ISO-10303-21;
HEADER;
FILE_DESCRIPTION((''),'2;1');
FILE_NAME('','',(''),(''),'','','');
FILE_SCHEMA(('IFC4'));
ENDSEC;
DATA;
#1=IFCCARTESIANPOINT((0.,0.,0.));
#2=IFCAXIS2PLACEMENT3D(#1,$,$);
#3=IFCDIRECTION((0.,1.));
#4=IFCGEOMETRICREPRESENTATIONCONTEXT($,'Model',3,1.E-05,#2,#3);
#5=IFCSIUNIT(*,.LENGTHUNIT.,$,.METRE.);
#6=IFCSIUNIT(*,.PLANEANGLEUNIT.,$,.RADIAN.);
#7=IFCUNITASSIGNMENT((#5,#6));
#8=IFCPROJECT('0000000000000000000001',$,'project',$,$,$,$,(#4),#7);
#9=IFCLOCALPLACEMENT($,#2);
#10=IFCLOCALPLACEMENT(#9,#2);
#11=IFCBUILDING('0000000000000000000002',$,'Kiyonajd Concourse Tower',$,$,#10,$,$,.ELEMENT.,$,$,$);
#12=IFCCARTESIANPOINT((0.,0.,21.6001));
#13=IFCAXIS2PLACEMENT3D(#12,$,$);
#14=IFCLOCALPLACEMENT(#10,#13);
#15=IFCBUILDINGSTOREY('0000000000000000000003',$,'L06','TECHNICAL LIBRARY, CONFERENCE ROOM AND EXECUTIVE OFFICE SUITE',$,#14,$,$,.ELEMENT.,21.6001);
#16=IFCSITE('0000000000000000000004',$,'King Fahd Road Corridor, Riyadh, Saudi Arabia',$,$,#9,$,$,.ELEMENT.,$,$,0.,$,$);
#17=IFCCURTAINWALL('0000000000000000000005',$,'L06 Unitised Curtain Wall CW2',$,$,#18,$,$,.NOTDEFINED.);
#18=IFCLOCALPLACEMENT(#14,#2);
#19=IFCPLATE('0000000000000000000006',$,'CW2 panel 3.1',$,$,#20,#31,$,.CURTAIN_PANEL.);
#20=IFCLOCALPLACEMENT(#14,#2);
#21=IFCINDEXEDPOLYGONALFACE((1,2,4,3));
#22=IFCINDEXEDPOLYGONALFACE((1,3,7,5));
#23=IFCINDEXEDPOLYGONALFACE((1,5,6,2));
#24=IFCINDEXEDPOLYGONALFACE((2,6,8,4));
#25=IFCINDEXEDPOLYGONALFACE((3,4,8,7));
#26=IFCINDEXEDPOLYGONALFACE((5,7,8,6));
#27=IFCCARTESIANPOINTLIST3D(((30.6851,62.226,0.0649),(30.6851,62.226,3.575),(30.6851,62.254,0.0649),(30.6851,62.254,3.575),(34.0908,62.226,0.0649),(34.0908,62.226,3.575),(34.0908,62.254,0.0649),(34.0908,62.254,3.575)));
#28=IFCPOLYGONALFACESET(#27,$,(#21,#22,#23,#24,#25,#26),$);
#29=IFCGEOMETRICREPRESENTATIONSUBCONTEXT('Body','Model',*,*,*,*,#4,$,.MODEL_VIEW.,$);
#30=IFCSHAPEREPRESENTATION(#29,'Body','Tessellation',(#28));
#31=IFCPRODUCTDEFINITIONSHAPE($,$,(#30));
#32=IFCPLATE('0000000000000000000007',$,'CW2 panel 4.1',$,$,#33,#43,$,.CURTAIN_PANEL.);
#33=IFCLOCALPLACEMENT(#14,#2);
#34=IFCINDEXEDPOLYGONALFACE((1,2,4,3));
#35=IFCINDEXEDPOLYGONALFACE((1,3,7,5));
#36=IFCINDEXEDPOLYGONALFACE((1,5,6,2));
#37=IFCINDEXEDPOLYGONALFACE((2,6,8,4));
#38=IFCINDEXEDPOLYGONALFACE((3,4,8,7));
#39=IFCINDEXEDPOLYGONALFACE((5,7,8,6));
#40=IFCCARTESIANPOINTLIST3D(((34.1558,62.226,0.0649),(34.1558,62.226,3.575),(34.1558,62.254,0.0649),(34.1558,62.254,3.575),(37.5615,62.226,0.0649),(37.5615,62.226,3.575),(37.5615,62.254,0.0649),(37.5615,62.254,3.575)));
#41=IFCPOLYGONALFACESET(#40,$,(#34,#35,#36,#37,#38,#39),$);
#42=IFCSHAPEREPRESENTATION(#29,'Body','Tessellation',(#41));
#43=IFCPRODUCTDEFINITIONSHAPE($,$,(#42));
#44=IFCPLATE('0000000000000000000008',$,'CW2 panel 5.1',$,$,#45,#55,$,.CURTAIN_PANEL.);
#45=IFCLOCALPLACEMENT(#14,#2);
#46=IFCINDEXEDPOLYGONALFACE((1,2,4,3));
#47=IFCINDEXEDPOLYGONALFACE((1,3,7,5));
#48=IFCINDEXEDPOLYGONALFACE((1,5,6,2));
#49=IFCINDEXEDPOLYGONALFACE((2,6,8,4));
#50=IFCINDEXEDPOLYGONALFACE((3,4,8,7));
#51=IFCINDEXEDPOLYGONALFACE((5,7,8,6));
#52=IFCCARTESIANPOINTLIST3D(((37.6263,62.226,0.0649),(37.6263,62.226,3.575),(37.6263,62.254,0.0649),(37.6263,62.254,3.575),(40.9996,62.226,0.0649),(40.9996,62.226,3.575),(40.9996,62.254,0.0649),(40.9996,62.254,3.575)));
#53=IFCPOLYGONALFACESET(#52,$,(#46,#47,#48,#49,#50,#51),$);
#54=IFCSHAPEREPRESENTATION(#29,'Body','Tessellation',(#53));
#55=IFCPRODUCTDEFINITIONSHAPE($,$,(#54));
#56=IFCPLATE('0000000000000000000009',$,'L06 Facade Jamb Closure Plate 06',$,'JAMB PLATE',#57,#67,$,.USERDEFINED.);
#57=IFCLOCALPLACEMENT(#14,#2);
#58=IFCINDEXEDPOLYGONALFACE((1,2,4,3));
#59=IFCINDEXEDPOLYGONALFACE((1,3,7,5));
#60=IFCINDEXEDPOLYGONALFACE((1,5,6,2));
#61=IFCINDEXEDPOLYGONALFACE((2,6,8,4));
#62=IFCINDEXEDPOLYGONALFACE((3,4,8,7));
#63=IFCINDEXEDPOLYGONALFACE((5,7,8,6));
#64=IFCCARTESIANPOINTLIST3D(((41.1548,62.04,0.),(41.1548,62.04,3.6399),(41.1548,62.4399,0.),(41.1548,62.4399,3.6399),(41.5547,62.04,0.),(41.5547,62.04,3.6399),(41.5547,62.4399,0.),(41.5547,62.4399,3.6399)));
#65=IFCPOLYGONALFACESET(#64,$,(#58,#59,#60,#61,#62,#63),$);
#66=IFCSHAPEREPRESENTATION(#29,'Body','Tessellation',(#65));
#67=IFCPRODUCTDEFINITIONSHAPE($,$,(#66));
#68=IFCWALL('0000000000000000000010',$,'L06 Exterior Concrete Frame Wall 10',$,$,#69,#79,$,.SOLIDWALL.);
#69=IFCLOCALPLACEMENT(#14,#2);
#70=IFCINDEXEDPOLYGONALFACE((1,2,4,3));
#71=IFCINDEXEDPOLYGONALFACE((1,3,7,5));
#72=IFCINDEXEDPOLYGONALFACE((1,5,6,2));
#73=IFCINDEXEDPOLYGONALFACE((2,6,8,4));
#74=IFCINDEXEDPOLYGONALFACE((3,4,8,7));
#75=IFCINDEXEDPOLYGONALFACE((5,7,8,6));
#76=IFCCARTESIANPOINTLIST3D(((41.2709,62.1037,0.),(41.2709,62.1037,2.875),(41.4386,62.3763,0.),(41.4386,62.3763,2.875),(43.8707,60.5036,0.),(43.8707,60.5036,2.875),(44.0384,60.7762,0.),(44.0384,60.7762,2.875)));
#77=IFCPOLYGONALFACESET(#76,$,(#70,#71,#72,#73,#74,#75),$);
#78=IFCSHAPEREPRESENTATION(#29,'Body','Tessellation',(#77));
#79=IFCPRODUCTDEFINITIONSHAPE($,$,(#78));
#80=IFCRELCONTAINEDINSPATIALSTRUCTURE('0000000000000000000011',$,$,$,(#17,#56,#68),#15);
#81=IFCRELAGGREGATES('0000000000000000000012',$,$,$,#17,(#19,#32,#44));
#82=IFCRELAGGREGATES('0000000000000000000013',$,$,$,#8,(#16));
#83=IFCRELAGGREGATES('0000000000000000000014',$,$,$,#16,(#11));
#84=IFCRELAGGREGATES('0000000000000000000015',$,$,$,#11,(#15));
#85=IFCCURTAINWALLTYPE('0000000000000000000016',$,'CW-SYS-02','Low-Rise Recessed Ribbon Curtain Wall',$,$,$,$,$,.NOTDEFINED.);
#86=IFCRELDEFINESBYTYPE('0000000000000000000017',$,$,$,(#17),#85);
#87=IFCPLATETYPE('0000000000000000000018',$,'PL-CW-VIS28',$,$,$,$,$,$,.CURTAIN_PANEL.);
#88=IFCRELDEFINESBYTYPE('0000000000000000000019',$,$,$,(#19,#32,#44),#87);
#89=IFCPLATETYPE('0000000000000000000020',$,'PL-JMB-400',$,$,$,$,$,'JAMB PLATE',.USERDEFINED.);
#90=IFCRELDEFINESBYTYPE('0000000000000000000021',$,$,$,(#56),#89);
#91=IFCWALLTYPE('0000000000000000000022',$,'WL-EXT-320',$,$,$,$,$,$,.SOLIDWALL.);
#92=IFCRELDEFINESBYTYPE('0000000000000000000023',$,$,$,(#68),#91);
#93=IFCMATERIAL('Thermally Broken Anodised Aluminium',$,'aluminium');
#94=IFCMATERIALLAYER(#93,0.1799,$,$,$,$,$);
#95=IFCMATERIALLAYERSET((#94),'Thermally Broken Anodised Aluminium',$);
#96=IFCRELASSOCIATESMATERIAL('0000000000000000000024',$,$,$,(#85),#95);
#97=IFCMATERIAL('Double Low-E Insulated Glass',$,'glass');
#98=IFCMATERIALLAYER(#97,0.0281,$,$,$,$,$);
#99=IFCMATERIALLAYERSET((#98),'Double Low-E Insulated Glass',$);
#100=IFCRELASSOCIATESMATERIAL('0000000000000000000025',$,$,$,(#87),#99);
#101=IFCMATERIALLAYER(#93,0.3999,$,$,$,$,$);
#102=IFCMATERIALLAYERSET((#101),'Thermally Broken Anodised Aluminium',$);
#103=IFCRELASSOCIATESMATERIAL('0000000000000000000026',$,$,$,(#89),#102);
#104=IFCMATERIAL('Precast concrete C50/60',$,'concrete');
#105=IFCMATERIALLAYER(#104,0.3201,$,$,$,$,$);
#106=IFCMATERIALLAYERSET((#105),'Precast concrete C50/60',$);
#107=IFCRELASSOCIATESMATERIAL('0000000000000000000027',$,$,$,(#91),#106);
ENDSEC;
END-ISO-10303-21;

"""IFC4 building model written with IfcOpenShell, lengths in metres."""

from ifc_helpers import new_model, si_unit, direction, frame, frame_2d, origin, origin_2d, place, context, subcontext, project, spatial, rectangle, extrude, material, layer, layer_set, type_object, element, aggregate, save


model = new_model("IFC4")

# Units and contexts
model_context = context("Model", 3, precision=1e-05, world=origin(), true_north=direction((0.0, 1.0)))
body_context = subcontext(model_context, "Body", "Model", "MODEL_VIEW")
ifc_project = project(units=[si_unit("LENGTHUNIT", "METRE"), si_unit("PLANEANGLEUNIT", "RADIAN")], contexts=[model_context])

# Site, building, storey
site_placement = place(None, origin())
site = spatial("IfcSite", under=ifc_project, at=site_placement, Name="King Fahd Road Corridor, Riyadh, Saudi Arabia", CompositionType="ELEMENT", RefElevation=0.0)
building_placement = place(site_placement, origin())
building = spatial("IfcBuilding", under=site, at=building_placement, Name="Kiyonajd Concourse Tower", CompositionType="ELEMENT")
storey_placement = place(building_placement, frame((0.0, 0.0, 21.6001)))
storey = spatial("IfcBuildingStorey", under=building, at=storey_placement, Name="L06", Description="TECHNICAL LIBRARY, CONFERENCE ROOM AND EXECUTIVE OFFICE SUITE", CompositionType="ELEMENT", Elevation=21.6001)

# Shared definitions
ifc_material_1 = material(Name="Precast concrete C50/60", Category="concrete")

# Curtain wall, plates
ifc_material_2 = material(Name="Thermally Broken Anodised Aluminium", Category="aluminium")
ifc_layer_1 = layer(ifc_material_2, 0.1799)
ifc_layer_set_1 = layer_set([ifc_layer_1], Name="Thermally Broken Anodised Aluminium")
curtain_wall_type = type_object("IfcCurtainWallType", Name="CW-SYS-02", Description="Low-Rise Recessed Ribbon Curtain Wall", PredefinedType="NOTDEFINED", material=ifc_layer_set_1)
curtain_wall_placement = place(storey_placement, origin())
curtain_wall = element("IfcCurtainWall", 1, at=curtain_wall_placement, inside=storey, type_object=curtain_wall_type, Name="L06 Unitised Curtain Wall CW2", PredefinedType="NOTDEFINED")
ifc_material_3 = material(Name="Double Low-E Insulated Glass", Category="glass")
ifc_layer_2 = layer(ifc_material_3, 0.0281)
ifc_layer_set_2 = layer_set([ifc_layer_2], Name="Double Low-E Insulated Glass")
plate_type_1 = type_object("IfcPlateType", Name="PL-CW-VIS28", PredefinedType="CURTAIN_PANEL", material=ifc_layer_set_2)
plate_1_placement = place(storey_placement, frame((32.3879, 62.24, 0.0649), z_axis=(0.0, 0.0, 1.0), x_axis=(1.0, 0.0, 0.0)))
plate_1 = element("IfcPlate", 2, at=plate_1_placement, type_object=plate_type_1, Name="CW2 panel 3.1", PredefinedType="CURTAIN_PANEL", context=body_context, shape_type="SweptSolid", body=[
    extrude(rectangle(XDim=3.4058, YDim=0.0281, at=origin_2d()), origin(), (0.0, 0.0, 1.0), 3.51),
])
plate_2_placement = place(storey_placement, frame((35.8586, 62.24, 0.0649), z_axis=(0.0, 0.0, 1.0), x_axis=(1.0, 0.0, 0.0)))
plate_2 = element("IfcPlate", 3, at=plate_2_placement, type_object=plate_type_1, Name="CW2 panel 4.1", PredefinedType="CURTAIN_PANEL", context=body_context, shape_type="SweptSolid", body=[
    extrude(rectangle(XDim=3.4058, YDim=0.0281, at=origin_2d()), origin(), (0.0, 0.0, 1.0), 3.51),
])
plate_3_placement = place(storey_placement, frame((39.313, 62.24, 0.0649), z_axis=(0.0, 0.0, 1.0), x_axis=(1.0, 0.0, 0.0)))
plate_3 = element("IfcPlate", 4, at=plate_3_placement, type_object=plate_type_1, Name="CW2 panel 5.1", PredefinedType="CURTAIN_PANEL", context=body_context, shape_type="SweptSolid", body=[
    extrude(rectangle(XDim=3.3733, YDim=0.0281, at=origin_2d()), origin(), (0.0, 0.0, 1.0), 3.51),
])
aggregate(curtain_wall, [plate_1, plate_2, plate_3])

# Plate
ifc_layer_3 = layer(ifc_material_2, 0.3999)
ifc_layer_set_3 = layer_set([ifc_layer_3], Name="Thermally Broken Anodised Aluminium")
plate_type_2 = type_object("IfcPlateType", Name="PL-JMB-400", ElementType="JAMB PLATE", PredefinedType="USERDEFINED", material=ifc_layer_set_3)
plate_4_placement = place(storey_placement, frame((41.3547, 62.24, 0.0), z_axis=(0.0, 0.0, 1.0), x_axis=(1.0, 0.0, 0.0)))
element("IfcPlate", 5, at=plate_4_placement, inside=storey, type_object=plate_type_2, Name="L06 Facade Jamb Closure Plate 06", ObjectType="JAMB PLATE", PredefinedType="USERDEFINED", context=body_context, shape_type="SweptSolid", body=[
    extrude(rectangle(XDim=0.3999, YDim=0.3999, at=origin_2d()), origin(), (0.0, 0.0, 1.0), 3.6399),
])

# Wall
ifc_layer_4 = layer(ifc_material_1, 0.3201)
ifc_layer_set_4 = layer_set([ifc_layer_4], Name="Precast concrete C50/60")
wall_type = type_object("IfcWallType", Name="WL-EXT-320", PredefinedType="SOLIDWALL", material=ifc_layer_set_4)
wall_placement = place(storey_placement, frame((41.3547, 62.24, 0.0), z_axis=(0.0, 0.0, 1.0), x_axis=(0.851631, -0.524142, 0.0)))
element("IfcWall", 6, at=wall_placement, inside=storey, type_object=wall_type, Name="L06 Exterior Concrete Frame Wall 10", PredefinedType="SOLIDWALL", context=body_context, shape_type="SweptSolid", body=[
    extrude(rectangle(XDim=3.0527, YDim=0.3201, at=frame_2d((1.5264, 0.0))), origin(), (0.0, 0.0, 1.0), 2.875),
])

save(model, "model.ifc")
